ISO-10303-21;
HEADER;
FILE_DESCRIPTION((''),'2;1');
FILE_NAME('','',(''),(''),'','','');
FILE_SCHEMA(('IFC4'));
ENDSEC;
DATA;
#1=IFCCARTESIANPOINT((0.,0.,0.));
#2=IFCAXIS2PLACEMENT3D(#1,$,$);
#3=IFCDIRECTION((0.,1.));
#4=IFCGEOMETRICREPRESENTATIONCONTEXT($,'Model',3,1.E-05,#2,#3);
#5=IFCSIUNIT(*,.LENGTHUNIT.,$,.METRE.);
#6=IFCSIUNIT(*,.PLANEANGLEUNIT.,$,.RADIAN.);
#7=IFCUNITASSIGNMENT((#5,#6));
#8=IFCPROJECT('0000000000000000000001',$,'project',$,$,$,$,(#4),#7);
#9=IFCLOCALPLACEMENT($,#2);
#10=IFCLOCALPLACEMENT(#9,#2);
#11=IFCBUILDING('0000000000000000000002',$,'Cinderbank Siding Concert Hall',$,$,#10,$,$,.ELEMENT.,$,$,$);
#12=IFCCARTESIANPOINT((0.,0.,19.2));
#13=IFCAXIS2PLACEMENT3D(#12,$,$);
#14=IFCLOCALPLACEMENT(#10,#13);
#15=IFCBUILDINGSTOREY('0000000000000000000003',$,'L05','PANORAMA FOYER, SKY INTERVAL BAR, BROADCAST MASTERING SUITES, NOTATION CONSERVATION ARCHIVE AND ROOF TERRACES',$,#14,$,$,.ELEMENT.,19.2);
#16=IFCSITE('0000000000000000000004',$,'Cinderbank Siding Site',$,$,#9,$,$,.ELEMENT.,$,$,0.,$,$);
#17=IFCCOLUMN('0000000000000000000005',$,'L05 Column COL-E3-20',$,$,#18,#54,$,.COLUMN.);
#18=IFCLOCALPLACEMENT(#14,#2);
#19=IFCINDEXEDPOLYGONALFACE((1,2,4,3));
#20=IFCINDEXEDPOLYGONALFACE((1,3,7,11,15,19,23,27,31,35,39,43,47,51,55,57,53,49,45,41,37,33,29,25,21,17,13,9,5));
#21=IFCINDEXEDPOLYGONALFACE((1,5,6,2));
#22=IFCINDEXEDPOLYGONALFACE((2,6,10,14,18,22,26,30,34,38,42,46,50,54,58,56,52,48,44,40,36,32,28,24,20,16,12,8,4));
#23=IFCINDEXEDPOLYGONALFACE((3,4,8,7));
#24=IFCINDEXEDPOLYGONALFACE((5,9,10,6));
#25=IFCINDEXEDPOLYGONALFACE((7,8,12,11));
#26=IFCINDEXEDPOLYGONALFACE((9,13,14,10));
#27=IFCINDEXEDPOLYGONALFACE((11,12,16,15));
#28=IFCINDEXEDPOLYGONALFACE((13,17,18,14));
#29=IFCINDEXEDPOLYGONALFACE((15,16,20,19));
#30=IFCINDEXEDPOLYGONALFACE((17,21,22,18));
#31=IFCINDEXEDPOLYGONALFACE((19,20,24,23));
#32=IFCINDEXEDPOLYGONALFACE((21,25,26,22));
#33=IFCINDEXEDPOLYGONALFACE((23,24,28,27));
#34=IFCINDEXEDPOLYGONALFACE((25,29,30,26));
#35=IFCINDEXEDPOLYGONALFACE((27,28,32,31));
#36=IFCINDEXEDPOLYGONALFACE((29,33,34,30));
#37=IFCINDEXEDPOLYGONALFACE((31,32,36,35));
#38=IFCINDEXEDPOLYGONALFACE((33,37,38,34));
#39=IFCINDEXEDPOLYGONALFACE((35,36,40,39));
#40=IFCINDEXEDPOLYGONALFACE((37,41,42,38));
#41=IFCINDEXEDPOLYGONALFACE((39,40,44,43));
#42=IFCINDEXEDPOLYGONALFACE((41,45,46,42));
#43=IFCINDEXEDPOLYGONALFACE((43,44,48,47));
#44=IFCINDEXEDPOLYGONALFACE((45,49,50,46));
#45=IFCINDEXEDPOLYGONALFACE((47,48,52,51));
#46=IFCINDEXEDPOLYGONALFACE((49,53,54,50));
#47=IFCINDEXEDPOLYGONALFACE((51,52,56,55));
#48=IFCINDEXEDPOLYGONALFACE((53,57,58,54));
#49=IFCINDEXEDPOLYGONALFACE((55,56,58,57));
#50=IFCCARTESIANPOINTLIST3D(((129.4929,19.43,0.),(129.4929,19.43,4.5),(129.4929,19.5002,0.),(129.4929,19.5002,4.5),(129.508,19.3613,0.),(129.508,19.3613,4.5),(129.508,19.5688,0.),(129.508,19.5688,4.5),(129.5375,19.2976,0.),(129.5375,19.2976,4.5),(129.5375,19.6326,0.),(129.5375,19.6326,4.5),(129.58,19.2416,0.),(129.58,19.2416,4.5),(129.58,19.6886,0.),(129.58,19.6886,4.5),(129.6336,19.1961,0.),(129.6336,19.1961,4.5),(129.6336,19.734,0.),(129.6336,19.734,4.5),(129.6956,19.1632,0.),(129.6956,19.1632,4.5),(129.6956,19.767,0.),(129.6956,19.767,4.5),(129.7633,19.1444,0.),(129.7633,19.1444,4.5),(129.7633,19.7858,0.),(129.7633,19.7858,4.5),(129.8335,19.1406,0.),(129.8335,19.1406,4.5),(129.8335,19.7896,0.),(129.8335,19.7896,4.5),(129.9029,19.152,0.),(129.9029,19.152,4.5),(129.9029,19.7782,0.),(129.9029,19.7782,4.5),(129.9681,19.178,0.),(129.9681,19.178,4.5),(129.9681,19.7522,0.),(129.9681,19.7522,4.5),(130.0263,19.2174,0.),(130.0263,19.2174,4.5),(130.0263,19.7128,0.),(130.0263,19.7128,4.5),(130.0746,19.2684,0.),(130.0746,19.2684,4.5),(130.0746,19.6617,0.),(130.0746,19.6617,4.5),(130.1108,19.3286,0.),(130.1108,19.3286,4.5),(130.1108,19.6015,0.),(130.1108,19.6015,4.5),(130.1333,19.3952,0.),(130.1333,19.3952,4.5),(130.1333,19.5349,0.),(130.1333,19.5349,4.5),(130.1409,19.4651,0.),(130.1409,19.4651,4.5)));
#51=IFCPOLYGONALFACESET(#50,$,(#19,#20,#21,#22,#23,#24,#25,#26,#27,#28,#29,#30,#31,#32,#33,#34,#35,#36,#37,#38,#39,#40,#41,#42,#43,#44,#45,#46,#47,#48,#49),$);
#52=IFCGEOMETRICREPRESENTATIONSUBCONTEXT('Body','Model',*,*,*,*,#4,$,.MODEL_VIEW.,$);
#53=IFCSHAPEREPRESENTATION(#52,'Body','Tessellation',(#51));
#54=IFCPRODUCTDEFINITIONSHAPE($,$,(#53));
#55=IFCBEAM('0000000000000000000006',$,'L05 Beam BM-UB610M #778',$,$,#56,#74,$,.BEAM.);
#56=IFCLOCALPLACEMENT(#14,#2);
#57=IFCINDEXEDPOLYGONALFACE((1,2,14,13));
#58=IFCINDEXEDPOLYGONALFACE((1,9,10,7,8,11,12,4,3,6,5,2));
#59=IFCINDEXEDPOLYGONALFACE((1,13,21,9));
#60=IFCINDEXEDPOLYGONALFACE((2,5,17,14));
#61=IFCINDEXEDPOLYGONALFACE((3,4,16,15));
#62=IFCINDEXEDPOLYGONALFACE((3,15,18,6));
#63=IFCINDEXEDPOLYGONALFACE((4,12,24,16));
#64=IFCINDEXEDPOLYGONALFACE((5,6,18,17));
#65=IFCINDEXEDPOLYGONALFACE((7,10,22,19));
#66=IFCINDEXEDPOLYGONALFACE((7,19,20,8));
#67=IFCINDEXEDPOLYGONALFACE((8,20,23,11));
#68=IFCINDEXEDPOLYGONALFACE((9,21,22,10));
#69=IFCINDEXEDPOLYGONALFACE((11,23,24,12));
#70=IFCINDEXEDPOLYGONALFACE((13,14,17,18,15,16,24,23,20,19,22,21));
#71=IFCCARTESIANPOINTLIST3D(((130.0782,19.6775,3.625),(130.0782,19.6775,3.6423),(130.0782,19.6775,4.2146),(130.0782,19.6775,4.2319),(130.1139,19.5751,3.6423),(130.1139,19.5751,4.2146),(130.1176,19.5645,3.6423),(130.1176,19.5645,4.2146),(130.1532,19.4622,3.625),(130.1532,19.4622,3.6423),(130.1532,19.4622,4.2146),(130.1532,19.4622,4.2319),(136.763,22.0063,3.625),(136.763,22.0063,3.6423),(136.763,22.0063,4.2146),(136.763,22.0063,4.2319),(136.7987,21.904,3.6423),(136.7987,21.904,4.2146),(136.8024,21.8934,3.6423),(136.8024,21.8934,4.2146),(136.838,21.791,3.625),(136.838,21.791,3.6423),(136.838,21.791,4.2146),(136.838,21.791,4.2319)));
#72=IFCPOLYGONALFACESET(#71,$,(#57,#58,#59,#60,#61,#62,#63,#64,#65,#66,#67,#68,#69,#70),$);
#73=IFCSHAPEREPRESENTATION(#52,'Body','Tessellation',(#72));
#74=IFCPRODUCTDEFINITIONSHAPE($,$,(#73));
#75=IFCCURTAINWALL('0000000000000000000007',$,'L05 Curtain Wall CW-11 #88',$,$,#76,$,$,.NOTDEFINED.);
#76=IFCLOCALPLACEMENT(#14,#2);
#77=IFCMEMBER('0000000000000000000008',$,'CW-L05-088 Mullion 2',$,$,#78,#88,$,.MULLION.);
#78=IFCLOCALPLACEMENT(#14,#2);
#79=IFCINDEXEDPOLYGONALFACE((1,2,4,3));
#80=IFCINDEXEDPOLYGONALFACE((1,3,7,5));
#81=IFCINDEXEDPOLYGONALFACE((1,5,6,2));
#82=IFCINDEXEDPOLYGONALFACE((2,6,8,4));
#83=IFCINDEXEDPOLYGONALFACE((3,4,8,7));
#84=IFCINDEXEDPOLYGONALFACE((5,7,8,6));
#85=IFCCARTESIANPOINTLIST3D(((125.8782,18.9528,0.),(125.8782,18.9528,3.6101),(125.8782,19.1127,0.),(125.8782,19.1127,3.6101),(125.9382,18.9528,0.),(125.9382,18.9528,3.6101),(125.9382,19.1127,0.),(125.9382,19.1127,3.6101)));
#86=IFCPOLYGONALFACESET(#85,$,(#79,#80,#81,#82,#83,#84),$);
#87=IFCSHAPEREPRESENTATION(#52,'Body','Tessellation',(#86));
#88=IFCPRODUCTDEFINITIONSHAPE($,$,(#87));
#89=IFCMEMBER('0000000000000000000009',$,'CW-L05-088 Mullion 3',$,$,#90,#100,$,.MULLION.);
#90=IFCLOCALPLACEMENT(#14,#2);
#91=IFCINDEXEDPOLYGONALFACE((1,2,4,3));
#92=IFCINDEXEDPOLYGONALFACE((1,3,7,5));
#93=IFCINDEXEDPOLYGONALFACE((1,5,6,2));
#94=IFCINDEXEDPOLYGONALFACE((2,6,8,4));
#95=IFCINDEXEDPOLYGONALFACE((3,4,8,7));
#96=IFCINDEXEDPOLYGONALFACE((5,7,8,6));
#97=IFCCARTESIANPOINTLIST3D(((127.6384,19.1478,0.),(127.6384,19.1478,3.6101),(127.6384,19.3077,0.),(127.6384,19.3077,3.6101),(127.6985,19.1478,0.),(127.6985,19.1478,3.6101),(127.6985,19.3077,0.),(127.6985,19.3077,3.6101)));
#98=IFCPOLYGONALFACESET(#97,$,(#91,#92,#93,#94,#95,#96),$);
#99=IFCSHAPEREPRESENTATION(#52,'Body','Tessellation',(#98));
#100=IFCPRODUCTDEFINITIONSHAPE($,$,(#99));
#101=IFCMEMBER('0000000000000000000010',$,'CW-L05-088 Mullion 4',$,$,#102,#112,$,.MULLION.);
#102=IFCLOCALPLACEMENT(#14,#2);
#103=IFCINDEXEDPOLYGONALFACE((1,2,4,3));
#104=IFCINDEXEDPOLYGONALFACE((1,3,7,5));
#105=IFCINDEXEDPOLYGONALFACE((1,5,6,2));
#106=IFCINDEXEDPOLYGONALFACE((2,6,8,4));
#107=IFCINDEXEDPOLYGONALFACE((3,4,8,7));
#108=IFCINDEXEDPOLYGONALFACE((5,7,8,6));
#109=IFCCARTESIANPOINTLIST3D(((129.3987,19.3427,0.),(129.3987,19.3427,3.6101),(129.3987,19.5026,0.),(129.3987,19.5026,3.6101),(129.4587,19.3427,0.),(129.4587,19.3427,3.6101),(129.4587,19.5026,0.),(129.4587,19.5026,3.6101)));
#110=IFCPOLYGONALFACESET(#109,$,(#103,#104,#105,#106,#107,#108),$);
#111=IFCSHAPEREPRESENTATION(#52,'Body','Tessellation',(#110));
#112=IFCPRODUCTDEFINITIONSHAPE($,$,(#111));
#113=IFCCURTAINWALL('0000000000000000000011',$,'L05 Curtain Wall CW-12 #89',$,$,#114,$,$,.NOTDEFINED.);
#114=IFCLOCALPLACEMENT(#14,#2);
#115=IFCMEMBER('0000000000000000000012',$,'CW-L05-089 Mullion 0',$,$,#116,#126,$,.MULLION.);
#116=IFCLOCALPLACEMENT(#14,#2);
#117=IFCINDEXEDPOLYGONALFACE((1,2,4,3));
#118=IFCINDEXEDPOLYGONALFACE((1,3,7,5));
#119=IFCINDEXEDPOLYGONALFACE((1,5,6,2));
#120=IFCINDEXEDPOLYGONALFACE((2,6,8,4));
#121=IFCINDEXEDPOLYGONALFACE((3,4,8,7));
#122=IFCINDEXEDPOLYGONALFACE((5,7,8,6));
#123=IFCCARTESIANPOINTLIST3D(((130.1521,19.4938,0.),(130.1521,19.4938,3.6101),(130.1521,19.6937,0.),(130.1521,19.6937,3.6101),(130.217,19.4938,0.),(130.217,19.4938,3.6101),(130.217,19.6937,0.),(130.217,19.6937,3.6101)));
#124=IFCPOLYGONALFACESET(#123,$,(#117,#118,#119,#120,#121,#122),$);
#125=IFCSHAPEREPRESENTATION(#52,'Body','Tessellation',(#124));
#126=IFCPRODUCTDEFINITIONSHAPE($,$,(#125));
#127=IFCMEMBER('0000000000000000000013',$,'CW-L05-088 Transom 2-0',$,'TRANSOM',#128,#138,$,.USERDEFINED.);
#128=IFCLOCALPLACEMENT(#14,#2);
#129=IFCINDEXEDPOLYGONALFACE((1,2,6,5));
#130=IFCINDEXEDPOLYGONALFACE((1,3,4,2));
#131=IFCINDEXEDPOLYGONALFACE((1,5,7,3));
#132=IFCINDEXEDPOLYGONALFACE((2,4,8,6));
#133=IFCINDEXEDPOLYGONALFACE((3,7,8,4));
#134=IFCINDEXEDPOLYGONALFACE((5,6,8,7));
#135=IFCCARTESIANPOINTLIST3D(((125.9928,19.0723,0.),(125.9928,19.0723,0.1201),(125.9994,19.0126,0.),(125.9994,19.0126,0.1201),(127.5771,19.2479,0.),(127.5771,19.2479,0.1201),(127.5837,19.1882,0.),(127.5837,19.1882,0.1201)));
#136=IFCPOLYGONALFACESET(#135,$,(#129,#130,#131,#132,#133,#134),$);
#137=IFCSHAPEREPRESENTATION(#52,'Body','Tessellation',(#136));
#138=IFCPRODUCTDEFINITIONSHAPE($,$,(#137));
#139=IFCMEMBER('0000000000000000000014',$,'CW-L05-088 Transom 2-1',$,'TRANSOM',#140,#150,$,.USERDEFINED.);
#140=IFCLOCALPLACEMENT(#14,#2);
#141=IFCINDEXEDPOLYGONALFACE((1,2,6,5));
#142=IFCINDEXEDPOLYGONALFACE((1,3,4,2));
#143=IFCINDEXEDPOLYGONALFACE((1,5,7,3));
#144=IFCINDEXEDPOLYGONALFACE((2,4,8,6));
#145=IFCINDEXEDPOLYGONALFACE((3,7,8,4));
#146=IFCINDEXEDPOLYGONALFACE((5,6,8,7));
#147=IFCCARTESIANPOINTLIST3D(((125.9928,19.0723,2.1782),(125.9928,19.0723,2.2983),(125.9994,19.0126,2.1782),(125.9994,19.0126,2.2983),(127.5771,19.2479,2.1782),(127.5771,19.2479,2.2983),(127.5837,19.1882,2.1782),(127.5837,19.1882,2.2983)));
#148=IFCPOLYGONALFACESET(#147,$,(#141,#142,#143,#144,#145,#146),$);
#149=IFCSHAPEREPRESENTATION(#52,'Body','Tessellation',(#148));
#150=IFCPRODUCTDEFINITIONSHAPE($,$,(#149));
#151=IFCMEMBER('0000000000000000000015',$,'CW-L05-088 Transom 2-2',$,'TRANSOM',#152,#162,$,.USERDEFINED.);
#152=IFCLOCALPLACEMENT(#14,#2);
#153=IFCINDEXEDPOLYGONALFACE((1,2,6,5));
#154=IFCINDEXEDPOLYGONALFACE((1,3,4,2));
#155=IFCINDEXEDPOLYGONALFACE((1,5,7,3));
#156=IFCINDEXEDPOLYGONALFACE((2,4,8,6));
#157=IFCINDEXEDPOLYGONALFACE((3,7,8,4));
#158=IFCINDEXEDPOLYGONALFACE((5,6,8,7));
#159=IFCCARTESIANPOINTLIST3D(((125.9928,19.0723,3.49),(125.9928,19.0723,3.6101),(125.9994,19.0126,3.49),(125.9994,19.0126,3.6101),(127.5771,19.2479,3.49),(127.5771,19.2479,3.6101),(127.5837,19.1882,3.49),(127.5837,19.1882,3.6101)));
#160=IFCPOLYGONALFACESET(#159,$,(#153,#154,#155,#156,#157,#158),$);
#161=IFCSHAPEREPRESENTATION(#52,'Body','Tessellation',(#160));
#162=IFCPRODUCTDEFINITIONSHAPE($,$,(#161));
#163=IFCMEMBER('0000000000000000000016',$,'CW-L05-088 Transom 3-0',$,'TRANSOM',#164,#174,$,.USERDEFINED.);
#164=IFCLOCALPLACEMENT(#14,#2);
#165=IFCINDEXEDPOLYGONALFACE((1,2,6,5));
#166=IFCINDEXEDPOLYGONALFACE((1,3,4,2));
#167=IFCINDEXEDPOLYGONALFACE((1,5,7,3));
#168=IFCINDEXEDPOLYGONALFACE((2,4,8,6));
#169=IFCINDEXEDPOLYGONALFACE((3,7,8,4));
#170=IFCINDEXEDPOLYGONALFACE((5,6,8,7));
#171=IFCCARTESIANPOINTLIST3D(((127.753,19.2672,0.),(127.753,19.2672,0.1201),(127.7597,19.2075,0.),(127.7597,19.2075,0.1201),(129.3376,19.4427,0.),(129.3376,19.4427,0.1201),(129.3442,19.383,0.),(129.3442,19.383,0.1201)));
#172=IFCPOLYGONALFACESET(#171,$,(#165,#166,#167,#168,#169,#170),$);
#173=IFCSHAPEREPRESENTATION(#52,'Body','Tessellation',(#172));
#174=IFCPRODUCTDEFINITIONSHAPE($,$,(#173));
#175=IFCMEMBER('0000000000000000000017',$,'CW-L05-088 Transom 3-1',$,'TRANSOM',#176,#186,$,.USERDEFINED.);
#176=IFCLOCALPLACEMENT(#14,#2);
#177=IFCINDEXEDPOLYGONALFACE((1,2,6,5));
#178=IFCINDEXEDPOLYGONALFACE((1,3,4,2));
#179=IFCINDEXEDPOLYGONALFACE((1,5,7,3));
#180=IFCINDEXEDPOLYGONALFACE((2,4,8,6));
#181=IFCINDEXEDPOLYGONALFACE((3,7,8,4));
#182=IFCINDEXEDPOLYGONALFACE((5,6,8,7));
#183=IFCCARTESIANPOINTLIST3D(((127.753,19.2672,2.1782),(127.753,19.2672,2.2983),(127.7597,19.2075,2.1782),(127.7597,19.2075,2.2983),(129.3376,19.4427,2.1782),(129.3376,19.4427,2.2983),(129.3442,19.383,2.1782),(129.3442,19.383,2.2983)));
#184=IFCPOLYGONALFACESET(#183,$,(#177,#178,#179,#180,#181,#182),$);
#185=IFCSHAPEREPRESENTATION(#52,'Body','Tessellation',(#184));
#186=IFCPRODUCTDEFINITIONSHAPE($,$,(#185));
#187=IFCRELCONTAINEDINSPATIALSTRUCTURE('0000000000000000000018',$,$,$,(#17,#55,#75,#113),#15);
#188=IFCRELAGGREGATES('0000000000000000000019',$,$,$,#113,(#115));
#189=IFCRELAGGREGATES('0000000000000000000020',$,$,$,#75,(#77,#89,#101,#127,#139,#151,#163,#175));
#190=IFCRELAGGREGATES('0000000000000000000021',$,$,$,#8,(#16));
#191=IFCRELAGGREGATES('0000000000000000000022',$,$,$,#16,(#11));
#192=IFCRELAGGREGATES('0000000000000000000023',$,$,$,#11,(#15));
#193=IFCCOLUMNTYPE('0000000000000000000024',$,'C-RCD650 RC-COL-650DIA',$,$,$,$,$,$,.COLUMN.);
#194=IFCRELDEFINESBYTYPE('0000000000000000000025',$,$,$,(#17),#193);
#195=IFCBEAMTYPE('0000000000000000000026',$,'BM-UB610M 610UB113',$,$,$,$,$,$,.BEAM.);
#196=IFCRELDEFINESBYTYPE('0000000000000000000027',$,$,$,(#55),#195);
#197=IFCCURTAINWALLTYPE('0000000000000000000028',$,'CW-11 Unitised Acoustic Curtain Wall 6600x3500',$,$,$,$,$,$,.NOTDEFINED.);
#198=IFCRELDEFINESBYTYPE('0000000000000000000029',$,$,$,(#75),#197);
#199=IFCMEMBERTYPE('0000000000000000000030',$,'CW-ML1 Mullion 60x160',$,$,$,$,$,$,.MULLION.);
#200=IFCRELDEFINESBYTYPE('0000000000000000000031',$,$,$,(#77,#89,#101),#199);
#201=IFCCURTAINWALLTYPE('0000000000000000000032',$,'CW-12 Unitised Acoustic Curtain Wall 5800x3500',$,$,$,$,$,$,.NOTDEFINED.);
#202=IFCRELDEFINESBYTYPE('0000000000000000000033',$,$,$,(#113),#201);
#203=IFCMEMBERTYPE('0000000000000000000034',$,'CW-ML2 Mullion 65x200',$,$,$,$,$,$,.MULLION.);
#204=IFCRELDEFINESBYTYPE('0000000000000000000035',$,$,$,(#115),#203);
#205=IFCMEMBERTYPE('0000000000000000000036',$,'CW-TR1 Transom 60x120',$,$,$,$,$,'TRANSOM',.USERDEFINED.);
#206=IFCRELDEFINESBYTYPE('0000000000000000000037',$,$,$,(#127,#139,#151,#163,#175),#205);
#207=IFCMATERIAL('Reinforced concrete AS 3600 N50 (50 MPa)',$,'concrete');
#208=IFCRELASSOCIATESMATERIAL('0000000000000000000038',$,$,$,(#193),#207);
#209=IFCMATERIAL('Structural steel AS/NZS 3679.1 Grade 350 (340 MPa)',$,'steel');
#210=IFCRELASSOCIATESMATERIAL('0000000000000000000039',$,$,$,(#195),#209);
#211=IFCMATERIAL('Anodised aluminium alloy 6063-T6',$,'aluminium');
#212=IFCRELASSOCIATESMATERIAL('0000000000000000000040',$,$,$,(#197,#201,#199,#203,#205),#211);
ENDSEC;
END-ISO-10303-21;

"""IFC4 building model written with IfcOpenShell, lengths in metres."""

from ifc_helpers import new_model, si_unit, direction, frame, origin, origin_2d, place, context, subcontext, project, spatial, rectangle, circle, i_section, extrude, material, material_profile, profile_set, type_object, element, aggregate, save


model = new_model("IFC4")

# Units and contexts
model_context = context("Model", 3, precision=1e-05, world=origin(), true_north=direction((0.0, 1.0)))
body_context = subcontext(model_context, "Body", "Model", "MODEL_VIEW")
ifc_project = project(units=[si_unit("LENGTHUNIT", "METRE"), si_unit("PLANEANGLEUNIT", "RADIAN")], contexts=[model_context])

# Site, building, storey
site_placement = place(None, origin())
site = spatial("IfcSite", under=ifc_project, at=site_placement, Name="Cinderbank Siding Site", CompositionType="ELEMENT", RefElevation=0.0)
building_placement = place(site_placement, origin())
building = spatial("IfcBuilding", under=site, at=building_placement, Name="Cinderbank Siding Concert Hall", CompositionType="ELEMENT")
storey_placement = place(building_placement, frame((0.0, 0.0, 19.2)))
storey = spatial("IfcBuildingStorey", under=building, at=storey_placement, Name="L05", Description="PANORAMA FOYER, SKY INTERVAL BAR, BROADCAST MASTERING SUITES, NOTATION CONSERVATION ARCHIVE AND ROOF TERRACES", CompositionType="ELEMENT", Elevation=19.2)

# Column
ifc_material_1 = material(Name="Reinforced concrete AS 3600 N50 (50 MPa)", Category="concrete")
ifc_material_profile_1 = material_profile(ifc_material_1, circle(Radius=0.325, at=origin_2d()), Name="RC-COL-650DIA", Category="LoadBearing")
ifc_profile_set_1 = profile_set([ifc_material_profile_1], Name="Reinforced concrete AS 3600 N50 (50 MPa)")
column_type = type_object("IfcColumnType", Name="C-RCD650 RC-COL-650DIA", PredefinedType="COLUMN", material=ifc_profile_set_1)
column_placement = place(storey_placement, frame((129.8159, 19.4651, 0.0), z_axis=(0.0, 0.0, 1.0), x_axis=(1.0, 0.0, 0.0)))
element("IfcColumn", 1, at=column_placement, inside=storey, type_object=column_type, Name="L05 Column COL-E3-20", PredefinedType="COLUMN", context=body_context, shape_type="SweptSolid", body=[
    extrude(circle(Radius=0.325, at=origin_2d()), origin(), (0.0, 0.0, 1.0), 4.5),
])

# Beam
ifc_material_2 = material(Name="Structural steel AS/NZS 3679.1 Grade 350 (340 MPa)", Category="steel")
ifc_material_profile_2 = material_profile(ifc_material_2, i_section(OverallWidth=0.228, OverallDepth=0.6069, WebThickness=0.0112, FlangeThickness=0.0173, at=origin_2d()), Name="610UB113", Category="LoadBearing")
ifc_profile_set_2 = profile_set([ifc_material_profile_2], Name="Structural steel AS/NZS 3679.1 Grade 350 (340 MPa)")
beam_type = type_object("IfcBeamType", Name="BM-UB610M 610UB113", PredefinedType="BEAM", material=ifc_profile_set_2)
beam_placement = place(storey_placement, frame((130.1157, 19.5698, 3.9285), z_axis=(0.944334, 0.328987, 0.0), x_axis=(-0.328987, 0.944334, 0.0)))
element("IfcBeam", 2, at=beam_placement, inside=storey, type_object=beam_type, Name="L05 Beam BM-UB610M #778", PredefinedType="BEAM", context=body_context, shape_type="SweptSolid", body=[
    extrude(i_section(OverallWidth=0.228, OverallDepth=0.6069, WebThickness=0.0112, FlangeThickness=0.0173, at=origin_2d()), origin(), (0.0, 0.0, 1.0), 7.0789),
])

# Curtain wall, members
ifc_material_3 = material(Name="Anodised aluminium alloy 6063-T6", Category="aluminium")
curtain_wall_type_1 = type_object("IfcCurtainWallType", Name="CW-11 Unitised Acoustic Curtain Wall 6600x3500", PredefinedType="NOTDEFINED", material=ifc_material_3)
curtain_wall_1_placement = place(storey_placement, origin())
curtain_wall_1 = element("IfcCurtainWall", 3, at=curtain_wall_1_placement, inside=storey, type_object=curtain_wall_type_1, Name="L05 Curtain Wall CW-11 #88", PredefinedType="NOTDEFINED")
ifc_material_profile_3 = material_profile(ifc_material_3, rectangle(XDim=0.0601, YDim=0.1599, at=origin_2d()), Name="ALU-MULL-60x160", Category="LoadBearing")
ifc_profile_set_3 = profile_set([ifc_material_profile_3], Name="Anodised aluminium alloy 6063-T6")
member_type_1 = type_object("IfcMemberType", Name="CW-ML1 Mullion 60x160", PredefinedType="MULLION", material=ifc_profile_set_3)
member_1_placement = place(storey_placement, frame((125.9082, 19.0327, 0.0), z_axis=(0.0, 0.0, 1.0), x_axis=(1.0, 0.0, 0.0)))
member_1 = element("IfcMember", 4, at=member_1_placement, type_object=member_type_1, Name="CW-L05-088 Mullion 2", PredefinedType="MULLION", context=body_context, shape_type="SweptSolid", body=[
    extrude(rectangle(XDim=0.0601, YDim=0.1599, at=origin_2d()), origin(), (0.0, 0.0, 1.0), 3.6101),
])
member_2_placement = place(storey_placement, frame((127.6685, 19.2278, 0.0), z_axis=(0.0, 0.0, 1.0), x_axis=(1.0, 0.0, 0.0)))
member_2 = element("IfcMember", 5, at=member_2_placement, type_object=member_type_1, Name="CW-L05-088 Mullion 3", PredefinedType="MULLION", context=body_context, shape_type="SweptSolid", body=[
    extrude(rectangle(XDim=0.0601, YDim=0.1599, at=origin_2d()), origin(), (0.0, 0.0, 1.0), 3.6101),
])
member_3_placement = place(storey_placement, frame((129.4287, 19.4226, 0.0), z_axis=(0.0, 0.0, 1.0), x_axis=(1.0, 0.0, 0.0)))
member_3 = element("IfcMember", 6, at=member_3_placement, type_object=member_type_1, Name="CW-L05-088 Mullion 4", PredefinedType="MULLION", context=body_context, shape_type="SweptSolid", body=[
    extrude(rectangle(XDim=0.0601, YDim=0.1599, at=origin_2d()), origin(), (0.0, 0.0, 1.0), 3.6101),
])

# Curtain wall, member
curtain_wall_type_2 = type_object("IfcCurtainWallType", Name="CW-12 Unitised Acoustic Curtain Wall 5800x3500", PredefinedType="NOTDEFINED", material=ifc_material_3)
curtain_wall_2_placement = place(storey_placement, origin())
curtain_wall_2 = element("IfcCurtainWall", 7, at=curtain_wall_2_placement, inside=storey, type_object=curtain_wall_type_2, Name="L05 Curtain Wall CW-12 #89", PredefinedType="NOTDEFINED")
ifc_material_profile_4 = material_profile(ifc_material_3, rectangle(XDim=0.0649, YDim=0.2, at=origin_2d()), Name="ALU-MULL-65x200", Category="LoadBearing")
ifc_profile_set_4 = profile_set([ifc_material_profile_4], Name="Anodised aluminium alloy 6063-T6")
member_type_2 = type_object("IfcMemberType", Name="CW-ML2 Mullion 65x200", PredefinedType="MULLION", material=ifc_profile_set_4)
member_4_placement = place(storey_placement, frame((130.1846, 19.5938, 0.0), z_axis=(0.0, 0.0, 1.0), x_axis=(1.0, 0.0, 0.0)))
member_4 = element("IfcMember", 8, at=member_4_placement, type_object=member_type_2, Name="CW-L05-089 Mullion 0", PredefinedType="MULLION", context=body_context, shape_type="SweptSolid", body=[
    extrude(rectangle(XDim=0.0649, YDim=0.2, at=origin_2d()), origin(), (0.0, 0.0, 1.0), 3.6101),
])

# Members
ifc_material_profile_5 = material_profile(ifc_material_3, rectangle(XDim=0.0601, YDim=0.1201, at=origin_2d()), Name="ALU-TRAN-60x120", Category="LoadBearing")
ifc_profile_set_5 = profile_set([ifc_material_profile_5], Name="Anodised aluminium alloy 6063-T6")
member_type_3 = type_object("IfcMemberType", Name="CW-TR1 Transom 60x120", ElementType="TRANSOM", PredefinedType="USERDEFINED", material=ifc_profile_set_5)
member_5_placement = place(storey_placement, frame((125.9961, 19.0425, 0.0601), z_axis=(0.993917, 0.110129, 0.0), x_axis=(-0.110129, 0.993917, 0.0)))
member_5 = element("IfcMember", 9, at=member_5_placement, type_object=member_type_3, Name="CW-L05-088 Transom 2-0", ObjectType="TRANSOM", PredefinedType="USERDEFINED", context=body_context, shape_type="SweptSolid", body=[
    extrude(rectangle(XDim=0.0601, YDim=0.1201, at=origin_2d()), origin(), (0.0, 0.0, 1.0), 1.594),
])
member_6_placement = place(storey_placement, frame((125.9961, 19.0425, 2.2383), z_axis=(0.993917, 0.110129, 0.0), x_axis=(-0.110129, 0.993917, 0.0)))
member_6 = element("IfcMember", 10, at=member_6_placement, type_object=member_type_3, Name="CW-L05-088 Transom 2-1", ObjectType="TRANSOM", PredefinedType="USERDEFINED", context=body_context, shape_type="SweptSolid", body=[
    extrude(rectangle(XDim=0.0601, YDim=0.1201, at=origin_2d()), origin(), (0.0, 0.0, 1.0), 1.594),
])
member_7_placement = place(storey_placement, frame((125.9961, 19.0425, 3.55), z_axis=(0.993917, 0.110129, 0.0), x_axis=(-0.110129, 0.993917, 0.0)))
member_7 = element("IfcMember", 11, at=member_7_placement, type_object=member_type_3, Name="CW-L05-088 Transom 2-2", ObjectType="TRANSOM", PredefinedType="USERDEFINED", context=body_context, shape_type="SweptSolid", body=[
    extrude(rectangle(XDim=0.0601, YDim=0.1201, at=origin_2d()), origin(), (0.0, 0.0, 1.0), 1.594),
])
member_8_placement = place(storey_placement, frame((127.7563, 19.2373, 0.0601), z_axis=(0.993919, 0.110112, 0.0), x_axis=(-0.110112, 0.993919, 0.0)))
member_8 = element("IfcMember", 12, at=member_8_placement, type_object=member_type_3, Name="CW-L05-088 Transom 3-0", ObjectType="TRANSOM", PredefinedType="USERDEFINED", context=body_context, shape_type="SweptSolid", body=[
    extrude(rectangle(XDim=0.0601, YDim=0.1201, at=origin_2d()), origin(), (0.0, 0.0, 1.0), 1.5942),
])
member_9_placement = place(storey_placement, frame((127.7563, 19.2373, 2.2383), z_axis=(0.993919, 0.110112, 0.0), x_axis=(-0.110112, 0.993919, 0.0)))
member_9 = element("IfcMember", 13, at=member_9_placement, type_object=member_type_3, Name="CW-L05-088 Transom 3-1", ObjectType="TRANSOM", PredefinedType="USERDEFINED", context=body_context, shape_type="SweptSolid", body=[
    extrude(rectangle(XDim=0.0601, YDim=0.1201, at=origin_2d()), origin(), (0.0, 0.0, 1.0), 1.5942),
])
aggregate(curtain_wall_2, [member_4])

aggregate(curtain_wall_1, [member_1, member_2, member_3, member_5, member_6, member_7, member_8, member_9])

save(model, "model.ifc")
